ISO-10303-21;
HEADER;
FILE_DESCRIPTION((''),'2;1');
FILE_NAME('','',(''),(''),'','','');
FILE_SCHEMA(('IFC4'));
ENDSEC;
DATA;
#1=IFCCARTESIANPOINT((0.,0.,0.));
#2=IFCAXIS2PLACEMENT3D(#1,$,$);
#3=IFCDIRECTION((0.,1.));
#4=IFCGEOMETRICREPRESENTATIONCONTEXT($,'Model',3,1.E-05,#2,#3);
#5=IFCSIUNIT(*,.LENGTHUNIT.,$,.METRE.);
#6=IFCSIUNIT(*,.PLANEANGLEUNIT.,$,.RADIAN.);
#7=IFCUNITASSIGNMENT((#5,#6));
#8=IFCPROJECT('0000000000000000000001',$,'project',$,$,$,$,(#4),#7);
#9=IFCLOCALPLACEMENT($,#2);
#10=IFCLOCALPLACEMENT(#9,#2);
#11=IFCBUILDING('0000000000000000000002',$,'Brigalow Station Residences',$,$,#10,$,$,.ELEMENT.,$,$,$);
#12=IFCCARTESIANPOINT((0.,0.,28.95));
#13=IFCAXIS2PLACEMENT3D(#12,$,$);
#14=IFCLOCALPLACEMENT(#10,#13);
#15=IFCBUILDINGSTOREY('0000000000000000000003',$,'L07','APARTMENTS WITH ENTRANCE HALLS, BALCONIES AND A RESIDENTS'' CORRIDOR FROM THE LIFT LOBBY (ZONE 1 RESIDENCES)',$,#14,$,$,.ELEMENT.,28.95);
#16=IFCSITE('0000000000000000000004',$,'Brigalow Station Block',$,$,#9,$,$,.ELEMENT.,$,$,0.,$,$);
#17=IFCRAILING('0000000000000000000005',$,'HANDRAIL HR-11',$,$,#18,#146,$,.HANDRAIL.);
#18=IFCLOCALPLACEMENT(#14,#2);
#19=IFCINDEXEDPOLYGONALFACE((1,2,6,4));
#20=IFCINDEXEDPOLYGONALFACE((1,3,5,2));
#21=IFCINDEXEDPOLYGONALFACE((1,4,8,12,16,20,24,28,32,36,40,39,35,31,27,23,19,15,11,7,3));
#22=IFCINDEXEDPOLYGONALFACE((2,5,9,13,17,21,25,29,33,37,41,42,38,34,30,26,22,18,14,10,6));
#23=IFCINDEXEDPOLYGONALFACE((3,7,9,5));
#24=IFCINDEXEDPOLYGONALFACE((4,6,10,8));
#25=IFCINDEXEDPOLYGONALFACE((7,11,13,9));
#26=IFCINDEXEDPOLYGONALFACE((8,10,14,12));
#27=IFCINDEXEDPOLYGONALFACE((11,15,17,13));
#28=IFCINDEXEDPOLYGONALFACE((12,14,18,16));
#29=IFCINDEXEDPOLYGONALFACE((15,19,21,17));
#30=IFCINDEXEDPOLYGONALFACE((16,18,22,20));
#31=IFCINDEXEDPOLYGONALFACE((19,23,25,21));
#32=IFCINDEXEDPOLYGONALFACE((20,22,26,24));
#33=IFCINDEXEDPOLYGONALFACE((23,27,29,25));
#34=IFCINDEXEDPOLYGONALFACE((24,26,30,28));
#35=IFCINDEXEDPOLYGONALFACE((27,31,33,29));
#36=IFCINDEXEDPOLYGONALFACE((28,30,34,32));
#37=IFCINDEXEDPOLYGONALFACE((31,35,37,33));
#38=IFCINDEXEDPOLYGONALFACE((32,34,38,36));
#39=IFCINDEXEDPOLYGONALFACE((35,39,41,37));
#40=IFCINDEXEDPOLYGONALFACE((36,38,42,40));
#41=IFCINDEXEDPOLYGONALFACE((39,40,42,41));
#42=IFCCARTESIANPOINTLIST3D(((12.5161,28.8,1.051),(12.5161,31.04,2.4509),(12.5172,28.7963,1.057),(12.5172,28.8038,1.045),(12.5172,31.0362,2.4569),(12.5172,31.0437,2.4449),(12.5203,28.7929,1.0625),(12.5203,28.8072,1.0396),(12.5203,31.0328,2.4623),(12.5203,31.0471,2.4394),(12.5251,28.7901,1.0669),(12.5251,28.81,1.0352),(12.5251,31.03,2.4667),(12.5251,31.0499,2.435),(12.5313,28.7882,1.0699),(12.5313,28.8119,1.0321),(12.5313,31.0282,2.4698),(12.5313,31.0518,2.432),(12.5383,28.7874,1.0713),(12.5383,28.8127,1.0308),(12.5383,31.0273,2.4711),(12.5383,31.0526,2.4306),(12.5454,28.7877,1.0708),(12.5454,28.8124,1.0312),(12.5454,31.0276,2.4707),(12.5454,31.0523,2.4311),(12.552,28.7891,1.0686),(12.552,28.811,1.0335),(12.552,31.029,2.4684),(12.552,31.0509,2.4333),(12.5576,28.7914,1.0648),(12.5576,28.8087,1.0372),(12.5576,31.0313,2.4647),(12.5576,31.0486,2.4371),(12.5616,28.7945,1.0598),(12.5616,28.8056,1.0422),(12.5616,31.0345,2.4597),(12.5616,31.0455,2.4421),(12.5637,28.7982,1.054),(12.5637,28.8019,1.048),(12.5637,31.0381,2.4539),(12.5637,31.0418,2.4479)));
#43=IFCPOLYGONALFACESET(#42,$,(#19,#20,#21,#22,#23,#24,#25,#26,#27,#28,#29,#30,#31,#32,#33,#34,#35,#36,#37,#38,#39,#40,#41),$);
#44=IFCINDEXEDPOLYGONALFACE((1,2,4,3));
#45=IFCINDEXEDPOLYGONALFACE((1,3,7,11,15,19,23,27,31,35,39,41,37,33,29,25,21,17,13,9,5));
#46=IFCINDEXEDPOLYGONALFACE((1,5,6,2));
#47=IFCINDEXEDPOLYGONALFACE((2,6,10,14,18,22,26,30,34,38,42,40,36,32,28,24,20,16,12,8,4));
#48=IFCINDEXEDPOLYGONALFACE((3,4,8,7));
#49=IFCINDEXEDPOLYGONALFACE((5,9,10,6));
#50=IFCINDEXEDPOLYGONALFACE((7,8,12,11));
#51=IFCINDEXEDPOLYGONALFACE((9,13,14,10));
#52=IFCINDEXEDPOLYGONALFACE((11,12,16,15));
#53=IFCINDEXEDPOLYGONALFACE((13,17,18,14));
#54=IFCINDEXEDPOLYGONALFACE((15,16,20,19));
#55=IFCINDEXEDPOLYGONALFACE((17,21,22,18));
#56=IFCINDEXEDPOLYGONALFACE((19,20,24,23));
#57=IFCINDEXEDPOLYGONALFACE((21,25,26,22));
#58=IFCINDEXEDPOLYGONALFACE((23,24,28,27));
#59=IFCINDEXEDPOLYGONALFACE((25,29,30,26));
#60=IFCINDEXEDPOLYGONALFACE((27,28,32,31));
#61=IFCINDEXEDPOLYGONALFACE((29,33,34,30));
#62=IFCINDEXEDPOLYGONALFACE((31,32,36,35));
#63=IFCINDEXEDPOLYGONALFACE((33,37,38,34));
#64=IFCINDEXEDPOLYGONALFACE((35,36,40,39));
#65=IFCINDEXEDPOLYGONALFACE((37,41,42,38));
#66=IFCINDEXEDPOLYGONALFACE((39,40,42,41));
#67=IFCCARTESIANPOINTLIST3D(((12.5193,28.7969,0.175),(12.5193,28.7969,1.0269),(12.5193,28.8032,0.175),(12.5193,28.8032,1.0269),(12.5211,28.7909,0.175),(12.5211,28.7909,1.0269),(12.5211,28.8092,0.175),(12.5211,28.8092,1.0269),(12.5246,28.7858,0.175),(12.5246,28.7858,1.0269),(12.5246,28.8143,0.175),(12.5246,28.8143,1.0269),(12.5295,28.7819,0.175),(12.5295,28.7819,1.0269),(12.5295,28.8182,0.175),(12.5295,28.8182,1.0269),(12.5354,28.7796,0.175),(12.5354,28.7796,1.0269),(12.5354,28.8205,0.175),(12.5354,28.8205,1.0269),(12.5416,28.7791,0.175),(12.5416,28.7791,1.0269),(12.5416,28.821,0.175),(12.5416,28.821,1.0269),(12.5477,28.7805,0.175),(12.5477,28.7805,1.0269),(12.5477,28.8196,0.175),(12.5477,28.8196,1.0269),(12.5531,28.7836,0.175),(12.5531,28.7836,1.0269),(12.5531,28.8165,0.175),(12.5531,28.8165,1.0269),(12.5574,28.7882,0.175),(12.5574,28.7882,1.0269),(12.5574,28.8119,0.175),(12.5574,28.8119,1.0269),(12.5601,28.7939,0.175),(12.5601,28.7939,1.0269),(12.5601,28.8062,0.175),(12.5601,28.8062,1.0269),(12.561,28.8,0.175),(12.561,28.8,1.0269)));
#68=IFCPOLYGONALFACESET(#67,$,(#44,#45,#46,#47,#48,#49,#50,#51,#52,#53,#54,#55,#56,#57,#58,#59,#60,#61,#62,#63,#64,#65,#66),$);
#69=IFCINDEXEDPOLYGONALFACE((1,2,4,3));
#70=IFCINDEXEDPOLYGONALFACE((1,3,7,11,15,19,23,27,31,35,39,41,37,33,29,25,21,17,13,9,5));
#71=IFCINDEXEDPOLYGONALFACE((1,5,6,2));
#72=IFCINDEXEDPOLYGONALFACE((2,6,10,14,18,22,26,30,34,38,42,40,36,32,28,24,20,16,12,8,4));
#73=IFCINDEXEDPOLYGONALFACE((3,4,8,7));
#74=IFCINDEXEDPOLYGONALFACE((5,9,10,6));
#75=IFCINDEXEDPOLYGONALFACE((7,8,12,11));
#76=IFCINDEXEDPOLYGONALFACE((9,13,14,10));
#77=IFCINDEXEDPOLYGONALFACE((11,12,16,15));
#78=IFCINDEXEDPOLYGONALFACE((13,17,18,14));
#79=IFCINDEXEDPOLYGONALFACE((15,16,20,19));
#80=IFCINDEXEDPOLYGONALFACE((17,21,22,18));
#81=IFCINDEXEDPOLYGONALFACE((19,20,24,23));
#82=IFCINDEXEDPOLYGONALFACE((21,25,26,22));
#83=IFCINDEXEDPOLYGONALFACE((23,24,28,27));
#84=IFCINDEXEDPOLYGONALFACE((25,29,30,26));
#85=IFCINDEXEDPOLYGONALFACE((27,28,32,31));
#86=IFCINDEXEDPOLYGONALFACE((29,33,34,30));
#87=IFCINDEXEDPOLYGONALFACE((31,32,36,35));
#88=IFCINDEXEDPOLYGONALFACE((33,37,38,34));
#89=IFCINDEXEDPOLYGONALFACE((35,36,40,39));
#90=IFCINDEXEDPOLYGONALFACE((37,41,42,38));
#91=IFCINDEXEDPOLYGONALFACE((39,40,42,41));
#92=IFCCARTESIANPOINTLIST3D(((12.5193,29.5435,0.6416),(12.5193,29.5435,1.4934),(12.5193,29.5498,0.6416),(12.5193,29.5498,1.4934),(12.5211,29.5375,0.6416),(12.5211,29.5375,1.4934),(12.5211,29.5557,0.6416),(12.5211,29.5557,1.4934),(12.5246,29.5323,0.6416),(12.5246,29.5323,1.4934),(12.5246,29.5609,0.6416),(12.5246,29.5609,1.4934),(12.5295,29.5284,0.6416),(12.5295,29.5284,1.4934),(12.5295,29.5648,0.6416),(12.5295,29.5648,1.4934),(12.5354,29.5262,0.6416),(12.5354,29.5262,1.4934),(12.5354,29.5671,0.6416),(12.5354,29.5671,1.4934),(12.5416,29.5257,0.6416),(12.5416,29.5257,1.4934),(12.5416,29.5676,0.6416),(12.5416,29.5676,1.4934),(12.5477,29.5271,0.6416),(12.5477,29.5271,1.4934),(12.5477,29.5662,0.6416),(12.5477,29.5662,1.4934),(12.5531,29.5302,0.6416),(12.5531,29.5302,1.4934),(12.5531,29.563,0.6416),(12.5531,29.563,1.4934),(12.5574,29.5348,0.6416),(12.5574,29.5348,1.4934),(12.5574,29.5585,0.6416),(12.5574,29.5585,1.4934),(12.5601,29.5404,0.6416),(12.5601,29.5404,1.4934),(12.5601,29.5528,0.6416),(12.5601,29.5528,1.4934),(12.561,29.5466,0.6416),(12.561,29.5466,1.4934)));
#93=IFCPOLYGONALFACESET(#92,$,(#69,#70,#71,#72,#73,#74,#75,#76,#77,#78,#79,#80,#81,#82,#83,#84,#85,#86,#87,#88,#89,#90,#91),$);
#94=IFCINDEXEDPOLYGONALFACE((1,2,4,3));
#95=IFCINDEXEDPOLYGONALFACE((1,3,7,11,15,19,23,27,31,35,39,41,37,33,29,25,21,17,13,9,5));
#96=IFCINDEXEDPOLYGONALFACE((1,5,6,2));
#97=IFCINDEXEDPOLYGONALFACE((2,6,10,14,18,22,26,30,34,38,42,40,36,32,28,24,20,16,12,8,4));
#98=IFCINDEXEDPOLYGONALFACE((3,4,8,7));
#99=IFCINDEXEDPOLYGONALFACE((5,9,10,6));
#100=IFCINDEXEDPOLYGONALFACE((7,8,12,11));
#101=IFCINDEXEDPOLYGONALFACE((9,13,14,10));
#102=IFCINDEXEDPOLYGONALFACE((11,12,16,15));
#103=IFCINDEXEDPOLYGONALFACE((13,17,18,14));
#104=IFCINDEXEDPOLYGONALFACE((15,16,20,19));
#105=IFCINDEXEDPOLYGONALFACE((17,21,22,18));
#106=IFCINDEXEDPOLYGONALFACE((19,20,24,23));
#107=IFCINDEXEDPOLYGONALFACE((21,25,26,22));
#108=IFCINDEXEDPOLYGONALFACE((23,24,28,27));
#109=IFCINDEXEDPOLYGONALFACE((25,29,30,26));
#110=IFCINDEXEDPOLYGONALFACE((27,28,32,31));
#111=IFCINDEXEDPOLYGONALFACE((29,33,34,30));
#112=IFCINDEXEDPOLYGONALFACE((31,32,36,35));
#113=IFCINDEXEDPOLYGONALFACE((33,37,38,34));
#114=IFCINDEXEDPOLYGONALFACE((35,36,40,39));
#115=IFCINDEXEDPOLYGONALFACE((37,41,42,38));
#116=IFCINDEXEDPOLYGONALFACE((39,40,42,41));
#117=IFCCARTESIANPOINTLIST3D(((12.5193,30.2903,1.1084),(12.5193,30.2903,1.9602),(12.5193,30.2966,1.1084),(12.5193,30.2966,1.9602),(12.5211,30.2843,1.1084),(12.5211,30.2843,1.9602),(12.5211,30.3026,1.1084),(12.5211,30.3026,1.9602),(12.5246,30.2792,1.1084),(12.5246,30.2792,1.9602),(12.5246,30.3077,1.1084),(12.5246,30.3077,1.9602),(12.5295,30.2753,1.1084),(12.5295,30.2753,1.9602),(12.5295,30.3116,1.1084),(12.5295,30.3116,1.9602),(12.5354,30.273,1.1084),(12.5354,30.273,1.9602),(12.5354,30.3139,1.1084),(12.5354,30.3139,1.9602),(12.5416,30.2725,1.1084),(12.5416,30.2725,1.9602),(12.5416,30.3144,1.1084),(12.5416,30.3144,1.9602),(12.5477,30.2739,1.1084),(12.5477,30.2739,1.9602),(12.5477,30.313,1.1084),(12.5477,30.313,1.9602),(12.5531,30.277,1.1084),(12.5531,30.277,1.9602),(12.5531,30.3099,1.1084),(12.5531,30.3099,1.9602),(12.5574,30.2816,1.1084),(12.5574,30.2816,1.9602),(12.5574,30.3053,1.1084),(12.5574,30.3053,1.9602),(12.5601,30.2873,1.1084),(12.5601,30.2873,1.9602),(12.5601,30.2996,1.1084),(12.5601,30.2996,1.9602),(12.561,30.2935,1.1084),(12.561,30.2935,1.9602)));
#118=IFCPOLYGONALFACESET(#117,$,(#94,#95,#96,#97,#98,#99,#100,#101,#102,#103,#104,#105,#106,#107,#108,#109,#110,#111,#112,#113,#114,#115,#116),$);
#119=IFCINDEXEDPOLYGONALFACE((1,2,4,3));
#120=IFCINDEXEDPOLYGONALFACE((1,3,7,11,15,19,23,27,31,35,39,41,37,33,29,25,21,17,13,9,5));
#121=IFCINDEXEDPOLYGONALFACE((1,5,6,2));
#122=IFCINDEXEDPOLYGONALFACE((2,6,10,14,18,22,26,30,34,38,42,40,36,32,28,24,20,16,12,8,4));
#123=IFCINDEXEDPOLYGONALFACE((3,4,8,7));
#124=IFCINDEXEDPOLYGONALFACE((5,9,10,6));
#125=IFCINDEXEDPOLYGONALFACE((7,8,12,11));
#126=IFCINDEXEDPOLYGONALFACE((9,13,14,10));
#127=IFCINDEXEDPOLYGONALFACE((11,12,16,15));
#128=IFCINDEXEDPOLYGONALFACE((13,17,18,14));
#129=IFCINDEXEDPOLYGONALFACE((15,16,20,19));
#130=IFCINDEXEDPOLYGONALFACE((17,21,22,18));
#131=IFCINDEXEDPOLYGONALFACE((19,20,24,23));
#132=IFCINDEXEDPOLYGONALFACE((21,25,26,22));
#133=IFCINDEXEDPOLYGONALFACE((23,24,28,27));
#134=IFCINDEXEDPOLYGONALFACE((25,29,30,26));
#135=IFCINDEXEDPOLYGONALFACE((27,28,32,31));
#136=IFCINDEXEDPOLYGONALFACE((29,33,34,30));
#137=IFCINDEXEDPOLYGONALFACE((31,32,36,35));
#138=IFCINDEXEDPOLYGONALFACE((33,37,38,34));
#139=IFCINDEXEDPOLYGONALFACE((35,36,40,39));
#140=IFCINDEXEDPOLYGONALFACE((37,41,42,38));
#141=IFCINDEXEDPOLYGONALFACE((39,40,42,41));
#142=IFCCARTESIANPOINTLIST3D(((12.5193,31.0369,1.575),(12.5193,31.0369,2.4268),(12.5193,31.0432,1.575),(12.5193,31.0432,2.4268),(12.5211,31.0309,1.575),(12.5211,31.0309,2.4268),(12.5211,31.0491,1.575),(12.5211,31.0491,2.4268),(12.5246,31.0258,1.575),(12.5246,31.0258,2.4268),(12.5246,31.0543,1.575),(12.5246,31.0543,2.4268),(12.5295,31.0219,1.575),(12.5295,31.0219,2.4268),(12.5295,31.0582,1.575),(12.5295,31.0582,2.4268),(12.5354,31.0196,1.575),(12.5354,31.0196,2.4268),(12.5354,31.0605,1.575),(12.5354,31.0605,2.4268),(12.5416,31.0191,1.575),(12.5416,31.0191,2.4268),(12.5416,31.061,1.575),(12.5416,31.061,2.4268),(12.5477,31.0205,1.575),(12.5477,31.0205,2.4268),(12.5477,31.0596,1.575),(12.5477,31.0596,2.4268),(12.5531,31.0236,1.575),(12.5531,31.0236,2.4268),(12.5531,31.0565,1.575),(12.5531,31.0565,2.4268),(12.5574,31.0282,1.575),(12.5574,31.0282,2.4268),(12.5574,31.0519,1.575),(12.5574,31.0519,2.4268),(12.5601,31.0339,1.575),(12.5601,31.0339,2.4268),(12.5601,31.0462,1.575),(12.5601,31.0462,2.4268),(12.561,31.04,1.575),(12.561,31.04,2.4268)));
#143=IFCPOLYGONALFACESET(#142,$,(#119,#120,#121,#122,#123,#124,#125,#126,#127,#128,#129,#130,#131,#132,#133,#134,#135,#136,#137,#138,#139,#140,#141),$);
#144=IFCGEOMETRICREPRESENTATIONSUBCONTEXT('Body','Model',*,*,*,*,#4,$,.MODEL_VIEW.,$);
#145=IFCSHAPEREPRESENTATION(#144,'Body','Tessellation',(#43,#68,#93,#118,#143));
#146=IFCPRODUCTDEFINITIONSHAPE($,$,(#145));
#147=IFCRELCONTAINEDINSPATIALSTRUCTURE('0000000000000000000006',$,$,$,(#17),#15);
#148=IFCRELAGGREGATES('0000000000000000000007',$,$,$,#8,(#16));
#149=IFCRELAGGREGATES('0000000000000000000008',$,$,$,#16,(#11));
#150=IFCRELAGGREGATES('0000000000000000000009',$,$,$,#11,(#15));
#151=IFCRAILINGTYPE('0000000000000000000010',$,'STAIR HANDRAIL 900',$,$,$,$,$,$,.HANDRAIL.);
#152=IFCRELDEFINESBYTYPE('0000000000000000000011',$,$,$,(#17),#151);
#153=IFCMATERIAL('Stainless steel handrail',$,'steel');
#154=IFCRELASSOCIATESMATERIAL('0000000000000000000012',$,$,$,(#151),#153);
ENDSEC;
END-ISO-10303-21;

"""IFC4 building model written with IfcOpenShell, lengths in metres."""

from ifc_helpers import new_model, si_unit, direction, frame, origin, origin_2d, place, context, subcontext, project, spatial, circle, extrude, material, type_object, element, save


model = new_model("IFC4")

# Units and contexts
model_context = context("Model", 3, precision=1e-05, world=origin(), true_north=direction((0.0, 1.0)))
body_context = subcontext(model_context, "Body", "Model", "MODEL_VIEW")
ifc_project = project(units=[si_unit("LENGTHUNIT", "METRE"), si_unit("PLANEANGLEUNIT", "RADIAN")], contexts=[model_context])

# Site, building, storey
site_placement = place(None, origin())
site = spatial("IfcSite", under=ifc_project, at=site_placement, Name="Brigalow Station Block", CompositionType="ELEMENT", RefElevation=0.0)
building_placement = place(site_placement, origin())
building = spatial("IfcBuilding", under=site, at=building_placement, Name="Brigalow Station Residences", CompositionType="ELEMENT")
storey_placement = place(building_placement, frame((0.0, 0.0, 28.95)))
storey = spatial("IfcBuildingStorey", under=building, at=storey_placement, Name="L07", Description="APARTMENTS WITH ENTRANCE HALLS, BALCONIES AND A RESIDENTS' CORRIDOR FROM THE LIFT LOBBY (ZONE 1 RESIDENCES)", CompositionType="ELEMENT", Elevation=28.95)

# Railing
ifc_material_1 = material(Name="Stainless steel handrail", Category="steel")
railing_type = type_object("IfcRailingType", Name="STAIR HANDRAIL 900", PredefinedType="HANDRAIL", material=ifc_material_1)
railing_placement = place(storey_placement, frame((12.54, 28.8, 0.175)))
element("IfcRailing", 1, at=railing_placement, inside=storey, type_object=railing_type, Name="HANDRAIL HR-11", PredefinedType="HANDRAIL", context=body_context, shape_type="SweptSolid", body=[
    extrude(circle(Radius=0.0239, at=origin_2d()), frame((0.0, 0.0, 0.876), z_axis=(0.0, 0.848014, 0.529974), x_axis=(-1.0, 0.0, 0.0)), (0.0, 0.0, 1.0), 2.6414),
    extrude(circle(Radius=0.021, at=origin_2d()), origin(), (0.0, 0.0, 1.0), 0.8518),
    extrude(circle(Radius=0.021, at=origin_2d()), frame((0.0, 0.7466, 0.4666)), (0.0, 0.0, 1.0), 0.8518),
    extrude(circle(Radius=0.021, at=origin_2d()), frame((0.0, 1.4934, 0.9333)), (0.0, 0.0, 1.0), 0.8518),
    extrude(circle(Radius=0.021, at=origin_2d()), frame((0.0, 2.24, 1.3999)), (0.0, 0.0, 1.0), 0.8518),
])

save(model, "model.ifc")
